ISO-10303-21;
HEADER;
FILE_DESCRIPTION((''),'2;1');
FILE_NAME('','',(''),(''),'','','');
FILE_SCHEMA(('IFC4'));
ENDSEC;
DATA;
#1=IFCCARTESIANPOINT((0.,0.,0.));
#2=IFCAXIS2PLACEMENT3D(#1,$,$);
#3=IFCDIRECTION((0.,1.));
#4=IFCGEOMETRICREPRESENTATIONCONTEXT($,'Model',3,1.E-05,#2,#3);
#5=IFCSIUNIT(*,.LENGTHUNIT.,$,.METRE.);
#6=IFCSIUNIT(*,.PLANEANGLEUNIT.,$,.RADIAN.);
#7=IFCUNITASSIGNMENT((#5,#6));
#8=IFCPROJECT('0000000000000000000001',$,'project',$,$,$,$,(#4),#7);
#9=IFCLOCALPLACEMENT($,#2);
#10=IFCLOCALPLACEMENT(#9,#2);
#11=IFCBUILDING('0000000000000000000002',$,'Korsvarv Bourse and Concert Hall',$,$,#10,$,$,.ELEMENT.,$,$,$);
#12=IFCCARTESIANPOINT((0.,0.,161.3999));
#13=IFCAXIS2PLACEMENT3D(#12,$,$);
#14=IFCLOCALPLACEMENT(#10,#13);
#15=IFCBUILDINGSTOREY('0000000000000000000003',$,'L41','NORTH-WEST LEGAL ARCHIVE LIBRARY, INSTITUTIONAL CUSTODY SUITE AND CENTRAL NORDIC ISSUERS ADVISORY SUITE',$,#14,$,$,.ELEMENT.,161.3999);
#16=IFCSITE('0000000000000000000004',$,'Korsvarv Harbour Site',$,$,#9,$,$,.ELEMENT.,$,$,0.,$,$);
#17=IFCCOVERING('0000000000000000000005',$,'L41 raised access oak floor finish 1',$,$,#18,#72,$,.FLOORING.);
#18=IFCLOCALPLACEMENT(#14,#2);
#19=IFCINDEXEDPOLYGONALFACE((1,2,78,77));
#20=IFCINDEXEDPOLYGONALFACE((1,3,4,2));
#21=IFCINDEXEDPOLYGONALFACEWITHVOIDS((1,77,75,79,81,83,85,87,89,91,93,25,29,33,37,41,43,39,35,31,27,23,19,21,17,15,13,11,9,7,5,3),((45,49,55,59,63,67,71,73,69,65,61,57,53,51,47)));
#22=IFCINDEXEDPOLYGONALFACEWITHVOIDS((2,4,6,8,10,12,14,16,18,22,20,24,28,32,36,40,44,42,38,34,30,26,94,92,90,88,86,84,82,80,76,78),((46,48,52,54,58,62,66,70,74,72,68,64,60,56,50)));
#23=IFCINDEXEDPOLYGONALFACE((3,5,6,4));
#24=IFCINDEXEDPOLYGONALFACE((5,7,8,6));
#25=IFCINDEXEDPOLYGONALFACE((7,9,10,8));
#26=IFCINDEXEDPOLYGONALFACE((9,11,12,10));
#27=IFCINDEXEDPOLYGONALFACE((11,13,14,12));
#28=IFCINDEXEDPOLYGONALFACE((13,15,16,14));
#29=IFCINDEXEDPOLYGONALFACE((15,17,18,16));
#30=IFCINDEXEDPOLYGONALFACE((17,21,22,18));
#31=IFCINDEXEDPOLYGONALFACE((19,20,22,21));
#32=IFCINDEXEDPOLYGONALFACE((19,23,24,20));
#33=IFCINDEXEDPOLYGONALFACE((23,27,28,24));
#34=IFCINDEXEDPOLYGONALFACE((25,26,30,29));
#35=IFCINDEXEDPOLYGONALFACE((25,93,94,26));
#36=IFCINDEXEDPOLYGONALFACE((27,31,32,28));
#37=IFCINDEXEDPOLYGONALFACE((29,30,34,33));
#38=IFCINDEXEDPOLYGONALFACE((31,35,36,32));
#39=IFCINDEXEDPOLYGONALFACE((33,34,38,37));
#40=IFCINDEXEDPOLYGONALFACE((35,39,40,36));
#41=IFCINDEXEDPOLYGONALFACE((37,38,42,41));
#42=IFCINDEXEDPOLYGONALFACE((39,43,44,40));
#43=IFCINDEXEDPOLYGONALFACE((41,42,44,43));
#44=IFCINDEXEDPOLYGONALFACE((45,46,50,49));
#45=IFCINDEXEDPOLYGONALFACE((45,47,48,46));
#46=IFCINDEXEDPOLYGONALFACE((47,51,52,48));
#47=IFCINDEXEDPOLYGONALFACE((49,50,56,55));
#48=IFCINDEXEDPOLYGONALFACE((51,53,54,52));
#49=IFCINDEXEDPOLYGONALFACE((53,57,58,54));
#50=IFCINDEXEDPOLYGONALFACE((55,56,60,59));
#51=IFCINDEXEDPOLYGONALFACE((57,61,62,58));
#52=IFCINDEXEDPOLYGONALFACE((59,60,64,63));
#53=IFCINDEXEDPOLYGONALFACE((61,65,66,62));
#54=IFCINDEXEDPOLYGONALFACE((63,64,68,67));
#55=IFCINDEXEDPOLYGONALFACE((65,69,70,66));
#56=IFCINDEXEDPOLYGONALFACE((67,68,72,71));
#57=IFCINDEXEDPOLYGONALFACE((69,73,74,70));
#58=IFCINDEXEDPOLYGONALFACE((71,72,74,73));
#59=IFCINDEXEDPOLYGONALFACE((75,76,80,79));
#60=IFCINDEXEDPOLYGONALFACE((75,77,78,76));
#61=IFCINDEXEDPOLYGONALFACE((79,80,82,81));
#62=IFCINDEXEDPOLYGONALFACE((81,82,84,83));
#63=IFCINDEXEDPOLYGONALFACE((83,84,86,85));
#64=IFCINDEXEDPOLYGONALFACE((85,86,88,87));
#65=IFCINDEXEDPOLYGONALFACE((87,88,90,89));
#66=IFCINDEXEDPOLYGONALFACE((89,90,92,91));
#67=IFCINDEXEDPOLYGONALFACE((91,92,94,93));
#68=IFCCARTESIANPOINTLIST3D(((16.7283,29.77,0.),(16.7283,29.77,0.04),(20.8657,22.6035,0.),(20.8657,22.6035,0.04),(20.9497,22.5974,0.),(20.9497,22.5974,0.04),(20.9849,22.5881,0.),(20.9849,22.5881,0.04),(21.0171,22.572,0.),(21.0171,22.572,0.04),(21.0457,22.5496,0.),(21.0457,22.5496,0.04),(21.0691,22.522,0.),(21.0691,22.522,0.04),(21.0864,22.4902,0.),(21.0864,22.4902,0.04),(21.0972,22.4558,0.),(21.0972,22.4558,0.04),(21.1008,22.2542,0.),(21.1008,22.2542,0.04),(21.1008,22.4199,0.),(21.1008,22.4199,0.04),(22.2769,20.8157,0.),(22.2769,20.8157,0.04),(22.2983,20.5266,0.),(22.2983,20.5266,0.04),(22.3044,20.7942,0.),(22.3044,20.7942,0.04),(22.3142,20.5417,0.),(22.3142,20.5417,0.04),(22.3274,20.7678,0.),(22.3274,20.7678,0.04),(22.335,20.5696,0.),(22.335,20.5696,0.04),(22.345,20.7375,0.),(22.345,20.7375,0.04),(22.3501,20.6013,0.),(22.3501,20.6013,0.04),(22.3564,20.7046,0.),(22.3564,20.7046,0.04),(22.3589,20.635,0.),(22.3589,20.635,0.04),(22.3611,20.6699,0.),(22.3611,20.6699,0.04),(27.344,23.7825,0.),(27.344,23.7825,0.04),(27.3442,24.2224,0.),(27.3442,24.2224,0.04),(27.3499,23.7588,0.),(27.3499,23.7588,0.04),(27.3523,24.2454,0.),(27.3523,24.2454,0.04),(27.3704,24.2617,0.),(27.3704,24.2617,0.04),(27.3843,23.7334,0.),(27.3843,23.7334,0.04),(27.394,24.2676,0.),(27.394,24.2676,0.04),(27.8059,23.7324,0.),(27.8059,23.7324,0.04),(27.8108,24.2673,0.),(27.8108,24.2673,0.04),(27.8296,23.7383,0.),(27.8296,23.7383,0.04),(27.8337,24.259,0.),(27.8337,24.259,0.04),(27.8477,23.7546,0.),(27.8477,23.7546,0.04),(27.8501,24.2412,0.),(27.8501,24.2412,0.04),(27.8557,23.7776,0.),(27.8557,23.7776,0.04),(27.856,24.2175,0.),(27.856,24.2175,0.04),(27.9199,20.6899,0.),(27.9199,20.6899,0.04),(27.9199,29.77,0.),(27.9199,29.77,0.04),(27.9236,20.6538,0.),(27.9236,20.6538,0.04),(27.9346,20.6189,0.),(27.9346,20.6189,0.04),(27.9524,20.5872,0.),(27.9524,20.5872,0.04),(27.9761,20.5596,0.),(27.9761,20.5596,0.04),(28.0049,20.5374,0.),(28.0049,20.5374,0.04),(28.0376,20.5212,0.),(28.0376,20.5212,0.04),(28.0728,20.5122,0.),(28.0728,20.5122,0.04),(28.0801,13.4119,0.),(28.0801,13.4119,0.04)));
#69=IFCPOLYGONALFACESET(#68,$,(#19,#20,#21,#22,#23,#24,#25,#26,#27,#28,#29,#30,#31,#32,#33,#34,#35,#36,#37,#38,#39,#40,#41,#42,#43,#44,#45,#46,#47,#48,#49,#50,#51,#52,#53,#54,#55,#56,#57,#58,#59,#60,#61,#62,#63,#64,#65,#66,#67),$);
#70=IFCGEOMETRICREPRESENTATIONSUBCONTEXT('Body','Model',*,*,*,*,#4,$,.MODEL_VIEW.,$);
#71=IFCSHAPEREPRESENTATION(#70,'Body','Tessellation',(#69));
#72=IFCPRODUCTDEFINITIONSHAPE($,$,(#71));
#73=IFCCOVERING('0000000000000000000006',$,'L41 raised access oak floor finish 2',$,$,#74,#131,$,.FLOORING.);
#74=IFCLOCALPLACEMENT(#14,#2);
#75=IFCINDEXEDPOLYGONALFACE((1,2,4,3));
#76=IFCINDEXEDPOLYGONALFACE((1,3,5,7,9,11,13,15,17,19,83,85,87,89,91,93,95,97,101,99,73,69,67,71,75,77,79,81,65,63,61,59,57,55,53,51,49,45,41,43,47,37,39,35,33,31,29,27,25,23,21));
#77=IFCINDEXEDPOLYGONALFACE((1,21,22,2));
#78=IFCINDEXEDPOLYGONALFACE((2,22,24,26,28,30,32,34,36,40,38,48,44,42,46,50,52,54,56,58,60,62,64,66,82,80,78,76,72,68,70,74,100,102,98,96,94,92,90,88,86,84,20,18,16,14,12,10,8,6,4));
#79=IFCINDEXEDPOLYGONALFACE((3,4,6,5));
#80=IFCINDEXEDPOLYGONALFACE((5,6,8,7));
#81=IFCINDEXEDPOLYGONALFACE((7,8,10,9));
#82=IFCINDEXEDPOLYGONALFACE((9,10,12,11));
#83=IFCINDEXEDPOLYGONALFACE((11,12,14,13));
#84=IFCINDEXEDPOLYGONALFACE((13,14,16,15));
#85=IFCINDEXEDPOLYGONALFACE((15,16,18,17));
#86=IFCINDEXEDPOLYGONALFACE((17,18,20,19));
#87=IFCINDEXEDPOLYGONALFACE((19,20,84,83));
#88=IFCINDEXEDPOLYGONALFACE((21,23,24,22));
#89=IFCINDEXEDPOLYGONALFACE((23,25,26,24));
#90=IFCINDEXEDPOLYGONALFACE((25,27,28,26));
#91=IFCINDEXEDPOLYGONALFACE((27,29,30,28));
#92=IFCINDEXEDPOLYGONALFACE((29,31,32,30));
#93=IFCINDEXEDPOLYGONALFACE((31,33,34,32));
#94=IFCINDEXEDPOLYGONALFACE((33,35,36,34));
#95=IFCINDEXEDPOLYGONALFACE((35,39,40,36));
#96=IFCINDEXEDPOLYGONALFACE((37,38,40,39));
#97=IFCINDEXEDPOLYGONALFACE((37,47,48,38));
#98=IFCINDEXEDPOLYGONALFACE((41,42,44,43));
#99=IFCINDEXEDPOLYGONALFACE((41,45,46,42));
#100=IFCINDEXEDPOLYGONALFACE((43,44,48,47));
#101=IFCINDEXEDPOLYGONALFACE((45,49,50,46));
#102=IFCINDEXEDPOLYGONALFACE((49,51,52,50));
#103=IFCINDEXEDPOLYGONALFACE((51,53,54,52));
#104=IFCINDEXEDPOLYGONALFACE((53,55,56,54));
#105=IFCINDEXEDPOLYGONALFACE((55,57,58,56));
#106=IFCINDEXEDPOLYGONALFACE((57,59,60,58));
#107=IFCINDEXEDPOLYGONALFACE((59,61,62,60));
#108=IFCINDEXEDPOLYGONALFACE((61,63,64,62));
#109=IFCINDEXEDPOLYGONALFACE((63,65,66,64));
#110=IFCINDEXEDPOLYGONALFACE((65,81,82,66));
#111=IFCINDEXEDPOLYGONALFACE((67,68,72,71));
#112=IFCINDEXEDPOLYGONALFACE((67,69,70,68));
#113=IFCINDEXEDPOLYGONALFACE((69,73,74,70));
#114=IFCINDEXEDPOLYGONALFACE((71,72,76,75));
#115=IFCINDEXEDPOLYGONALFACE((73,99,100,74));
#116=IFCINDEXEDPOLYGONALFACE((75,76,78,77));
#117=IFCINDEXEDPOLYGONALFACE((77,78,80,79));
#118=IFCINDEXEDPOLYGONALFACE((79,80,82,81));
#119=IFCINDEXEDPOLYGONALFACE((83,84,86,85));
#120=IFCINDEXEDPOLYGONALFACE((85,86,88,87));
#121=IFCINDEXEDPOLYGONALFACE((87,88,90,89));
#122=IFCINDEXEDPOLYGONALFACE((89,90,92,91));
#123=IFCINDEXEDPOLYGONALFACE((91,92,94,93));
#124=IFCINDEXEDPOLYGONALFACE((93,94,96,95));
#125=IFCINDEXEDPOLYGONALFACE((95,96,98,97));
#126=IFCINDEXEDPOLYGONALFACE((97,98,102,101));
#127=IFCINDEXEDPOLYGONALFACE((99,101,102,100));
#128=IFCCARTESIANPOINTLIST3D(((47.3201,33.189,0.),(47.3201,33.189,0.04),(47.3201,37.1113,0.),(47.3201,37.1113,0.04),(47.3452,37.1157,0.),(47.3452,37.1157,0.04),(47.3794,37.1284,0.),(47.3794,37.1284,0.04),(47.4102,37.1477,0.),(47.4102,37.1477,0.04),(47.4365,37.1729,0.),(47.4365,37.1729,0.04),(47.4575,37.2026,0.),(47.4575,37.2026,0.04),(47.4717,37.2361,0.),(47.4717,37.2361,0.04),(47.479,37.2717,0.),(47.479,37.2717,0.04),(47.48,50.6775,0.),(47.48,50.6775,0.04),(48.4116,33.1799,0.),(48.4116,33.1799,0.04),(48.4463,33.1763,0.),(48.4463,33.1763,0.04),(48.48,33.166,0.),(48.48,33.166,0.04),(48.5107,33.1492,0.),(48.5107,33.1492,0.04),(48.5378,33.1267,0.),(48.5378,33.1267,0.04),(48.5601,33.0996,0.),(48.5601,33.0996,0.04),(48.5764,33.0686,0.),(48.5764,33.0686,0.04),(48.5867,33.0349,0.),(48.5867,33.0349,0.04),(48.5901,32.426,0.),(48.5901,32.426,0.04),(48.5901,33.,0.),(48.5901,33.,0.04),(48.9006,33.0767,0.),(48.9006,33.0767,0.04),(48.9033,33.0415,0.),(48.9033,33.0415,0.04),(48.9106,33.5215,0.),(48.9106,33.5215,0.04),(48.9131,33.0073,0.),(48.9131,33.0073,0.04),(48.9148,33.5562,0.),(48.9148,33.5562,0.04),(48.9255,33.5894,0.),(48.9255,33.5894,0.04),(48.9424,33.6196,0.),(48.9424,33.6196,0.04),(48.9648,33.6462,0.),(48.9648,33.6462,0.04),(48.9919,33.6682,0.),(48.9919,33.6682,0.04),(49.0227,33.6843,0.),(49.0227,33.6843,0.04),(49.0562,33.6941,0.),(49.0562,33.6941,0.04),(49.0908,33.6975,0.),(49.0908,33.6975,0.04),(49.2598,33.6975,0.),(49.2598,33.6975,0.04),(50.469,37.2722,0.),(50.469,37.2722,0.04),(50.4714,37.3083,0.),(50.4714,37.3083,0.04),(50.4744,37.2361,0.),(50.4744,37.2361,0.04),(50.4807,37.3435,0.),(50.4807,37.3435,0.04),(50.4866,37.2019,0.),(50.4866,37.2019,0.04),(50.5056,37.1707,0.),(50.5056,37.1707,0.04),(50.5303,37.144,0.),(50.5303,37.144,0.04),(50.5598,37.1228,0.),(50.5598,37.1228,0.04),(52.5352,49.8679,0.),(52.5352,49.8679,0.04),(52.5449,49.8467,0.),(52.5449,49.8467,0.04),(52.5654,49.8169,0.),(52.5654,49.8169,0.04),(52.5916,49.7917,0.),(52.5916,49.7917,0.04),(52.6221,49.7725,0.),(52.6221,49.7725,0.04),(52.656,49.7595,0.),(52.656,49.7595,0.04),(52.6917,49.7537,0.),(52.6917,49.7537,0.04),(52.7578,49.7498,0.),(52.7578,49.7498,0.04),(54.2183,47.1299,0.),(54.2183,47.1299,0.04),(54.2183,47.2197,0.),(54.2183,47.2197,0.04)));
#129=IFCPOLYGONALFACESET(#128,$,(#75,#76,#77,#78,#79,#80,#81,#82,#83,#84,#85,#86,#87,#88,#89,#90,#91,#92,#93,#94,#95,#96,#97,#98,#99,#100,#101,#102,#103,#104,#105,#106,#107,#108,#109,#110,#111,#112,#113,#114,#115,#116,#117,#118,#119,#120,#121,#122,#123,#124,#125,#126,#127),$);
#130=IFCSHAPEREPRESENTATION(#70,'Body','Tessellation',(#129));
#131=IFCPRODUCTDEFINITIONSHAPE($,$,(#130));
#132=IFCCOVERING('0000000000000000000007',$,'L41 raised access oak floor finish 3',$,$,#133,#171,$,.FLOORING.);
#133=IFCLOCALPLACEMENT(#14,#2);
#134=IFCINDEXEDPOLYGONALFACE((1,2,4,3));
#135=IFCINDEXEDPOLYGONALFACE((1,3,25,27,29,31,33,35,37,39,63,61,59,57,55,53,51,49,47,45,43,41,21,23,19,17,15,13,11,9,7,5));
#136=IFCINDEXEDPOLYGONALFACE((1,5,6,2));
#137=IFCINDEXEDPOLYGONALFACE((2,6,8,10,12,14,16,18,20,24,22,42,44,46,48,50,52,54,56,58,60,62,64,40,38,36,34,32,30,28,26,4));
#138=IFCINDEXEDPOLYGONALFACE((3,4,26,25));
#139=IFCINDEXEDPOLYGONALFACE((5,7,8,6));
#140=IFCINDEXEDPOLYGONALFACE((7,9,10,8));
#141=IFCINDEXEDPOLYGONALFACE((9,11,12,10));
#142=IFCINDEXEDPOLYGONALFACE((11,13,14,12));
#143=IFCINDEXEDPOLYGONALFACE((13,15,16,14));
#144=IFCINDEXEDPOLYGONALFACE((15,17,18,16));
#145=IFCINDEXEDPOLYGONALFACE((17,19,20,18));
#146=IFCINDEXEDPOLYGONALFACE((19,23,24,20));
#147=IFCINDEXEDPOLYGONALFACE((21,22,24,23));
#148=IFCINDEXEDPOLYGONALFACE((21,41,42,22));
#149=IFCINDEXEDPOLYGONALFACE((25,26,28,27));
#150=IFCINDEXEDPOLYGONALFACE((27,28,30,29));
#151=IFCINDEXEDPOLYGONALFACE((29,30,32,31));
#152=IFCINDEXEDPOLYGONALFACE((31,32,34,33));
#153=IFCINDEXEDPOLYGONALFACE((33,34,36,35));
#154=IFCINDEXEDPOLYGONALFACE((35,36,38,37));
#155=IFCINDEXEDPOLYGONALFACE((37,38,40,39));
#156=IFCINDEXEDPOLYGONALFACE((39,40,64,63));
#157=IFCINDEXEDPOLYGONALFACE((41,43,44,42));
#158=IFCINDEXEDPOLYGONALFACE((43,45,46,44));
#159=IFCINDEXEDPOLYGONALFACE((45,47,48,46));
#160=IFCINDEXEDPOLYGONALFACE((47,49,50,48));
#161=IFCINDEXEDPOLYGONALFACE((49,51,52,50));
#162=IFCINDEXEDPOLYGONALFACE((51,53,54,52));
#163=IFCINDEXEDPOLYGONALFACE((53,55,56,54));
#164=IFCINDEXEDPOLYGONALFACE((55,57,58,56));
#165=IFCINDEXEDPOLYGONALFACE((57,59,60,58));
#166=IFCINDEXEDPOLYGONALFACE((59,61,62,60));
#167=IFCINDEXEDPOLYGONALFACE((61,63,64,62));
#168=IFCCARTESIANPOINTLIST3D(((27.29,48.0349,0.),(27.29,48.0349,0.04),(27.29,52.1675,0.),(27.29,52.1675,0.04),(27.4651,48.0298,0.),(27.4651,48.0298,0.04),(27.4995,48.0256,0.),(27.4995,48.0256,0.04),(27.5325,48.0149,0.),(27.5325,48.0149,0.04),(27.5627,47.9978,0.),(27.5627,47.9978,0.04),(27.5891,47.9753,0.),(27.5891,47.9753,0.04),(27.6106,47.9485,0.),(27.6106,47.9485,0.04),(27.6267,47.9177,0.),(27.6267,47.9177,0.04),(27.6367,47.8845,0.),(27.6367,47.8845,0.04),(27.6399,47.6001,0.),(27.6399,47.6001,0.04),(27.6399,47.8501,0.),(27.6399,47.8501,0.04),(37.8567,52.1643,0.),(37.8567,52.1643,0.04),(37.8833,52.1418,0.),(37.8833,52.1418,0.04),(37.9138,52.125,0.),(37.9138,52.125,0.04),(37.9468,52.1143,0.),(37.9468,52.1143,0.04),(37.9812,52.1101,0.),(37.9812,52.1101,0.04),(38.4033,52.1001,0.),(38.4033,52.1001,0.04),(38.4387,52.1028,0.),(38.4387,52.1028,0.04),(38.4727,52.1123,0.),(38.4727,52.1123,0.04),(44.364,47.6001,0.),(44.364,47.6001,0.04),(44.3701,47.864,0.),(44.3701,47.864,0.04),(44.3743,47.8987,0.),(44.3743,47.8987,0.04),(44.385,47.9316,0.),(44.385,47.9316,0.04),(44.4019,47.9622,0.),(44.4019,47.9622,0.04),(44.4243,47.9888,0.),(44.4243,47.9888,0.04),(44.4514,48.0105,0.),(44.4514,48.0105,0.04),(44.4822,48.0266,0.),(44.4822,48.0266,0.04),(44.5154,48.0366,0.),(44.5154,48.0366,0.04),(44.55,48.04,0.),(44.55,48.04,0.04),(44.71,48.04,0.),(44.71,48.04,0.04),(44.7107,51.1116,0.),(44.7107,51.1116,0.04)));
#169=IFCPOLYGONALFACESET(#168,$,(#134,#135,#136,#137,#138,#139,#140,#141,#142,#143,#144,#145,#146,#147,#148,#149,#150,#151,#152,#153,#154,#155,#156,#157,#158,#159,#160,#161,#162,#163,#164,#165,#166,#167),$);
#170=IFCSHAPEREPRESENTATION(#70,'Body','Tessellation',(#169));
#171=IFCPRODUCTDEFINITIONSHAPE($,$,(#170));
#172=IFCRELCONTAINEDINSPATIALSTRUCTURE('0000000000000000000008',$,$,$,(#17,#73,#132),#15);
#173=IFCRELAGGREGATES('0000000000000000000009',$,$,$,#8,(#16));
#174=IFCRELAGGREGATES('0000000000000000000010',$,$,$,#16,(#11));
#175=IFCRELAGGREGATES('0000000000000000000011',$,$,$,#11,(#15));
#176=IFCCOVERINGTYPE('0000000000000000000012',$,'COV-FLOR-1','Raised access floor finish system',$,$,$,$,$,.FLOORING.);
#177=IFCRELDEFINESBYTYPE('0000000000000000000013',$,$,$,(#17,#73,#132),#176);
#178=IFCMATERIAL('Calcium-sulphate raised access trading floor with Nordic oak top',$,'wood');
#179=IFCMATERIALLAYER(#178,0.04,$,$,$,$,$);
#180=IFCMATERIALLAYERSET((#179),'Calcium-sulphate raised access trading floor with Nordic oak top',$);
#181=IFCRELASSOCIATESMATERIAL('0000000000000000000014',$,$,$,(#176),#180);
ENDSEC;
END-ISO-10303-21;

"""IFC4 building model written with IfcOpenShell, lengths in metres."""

from ifc_helpers import new_model, si_unit, direction, frame, origin, place, context, subcontext, project, spatial, polyline, outline, extrude, material, layer, layer_set, type_object, element, save


model = new_model("IFC4")

# Units and contexts
model_context = context("Model", 3, precision=1e-05, world=origin(), true_north=direction((0.0, 1.0)))
body_context = subcontext(model_context, "Body", "Model", "MODEL_VIEW")
ifc_project = project(units=[si_unit("LENGTHUNIT", "METRE"), si_unit("PLANEANGLEUNIT", "RADIAN")], contexts=[model_context])

# Site, building, storey
site_placement = place(None, origin())
site = spatial("IfcSite", under=ifc_project, at=site_placement, Name="Korsvarv Harbour Site", CompositionType="ELEMENT", RefElevation=0.0)
building_placement = place(site_placement, origin())
building = spatial("IfcBuilding", under=site, at=building_placement, Name="Korsvarv Bourse and Concert Hall", CompositionType="ELEMENT")
storey_placement = place(building_placement, frame((0.0, 0.0, 161.3999)))
storey = spatial("IfcBuildingStorey", under=building, at=storey_placement, Name="L41", Description="NORTH-WEST LEGAL ARCHIVE LIBRARY, INSTITUTIONAL CUSTODY SUITE AND CENTRAL NORDIC ISSUERS ADVISORY SUITE", CompositionType="ELEMENT", Elevation=161.3999)

# Coverings
ifc_material_1 = material(Name="Calcium-sulphate raised access trading floor with Nordic oak top", Category="wood")
ifc_layer_1 = layer(ifc_material_1, 0.04)
ifc_layer_set_1 = layer_set([ifc_layer_1], Name="Calcium-sulphate raised access trading floor with Nordic oak top")
covering_type_1 = type_object("IfcCoveringType", Name="COV-FLOR-1", Description="Raised access floor finish system", PredefinedType="FLOORING", material=ifc_layer_set_1)
covering_1_placement = place(storey_placement, origin())
element("IfcCovering", 1, at=covering_1_placement, inside=storey, type_object=covering_type_1, Name="L41 raised access oak floor finish 1", PredefinedType="FLOORING", context=body_context, shape_type="SweptSolid", body=[
    extrude(outline(polyline([(21.1008, 22.2542), (21.1008, 22.4199), (21.0972, 22.4558), (21.0864, 22.4902), (21.0691, 22.522), (21.0457, 22.5496), (21.0171, 22.572), (20.9849, 22.5881), (20.9497, 22.5974), (20.8657, 22.6035), (16.7283, 29.77), (27.9199, 29.77), (27.9199, 20.6899), (27.9236, 20.6538), (27.9346, 20.6189), (27.9524, 20.5872), (27.9761, 20.5596), (28.0049, 20.5374), (28.0376, 20.5212), (28.0728, 20.5122), (28.0801, 13.4119), (22.2983, 20.5266), (22.3142, 20.5417), (22.335, 20.5696), (22.3501, 20.6013), (22.3589, 20.635), (22.3611, 20.6699), (22.3564, 20.7046), (22.345, 20.7375), (22.3274, 20.7678), (22.3044, 20.7942), (22.2769, 20.8157), (21.1008, 22.2542)]), holes=[polyline([(27.3843, 23.7334), (27.8059, 23.7324), (27.8296, 23.7383), (27.8477, 23.7546), (27.8557, 23.7776), (27.856, 24.2175), (27.8501, 24.2412), (27.8337, 24.259), (27.8108, 24.2673), (27.394, 24.2676), (27.3704, 24.2617), (27.3523, 24.2454), (27.3442, 24.2224), (27.344, 23.7825), (27.3499, 23.7588), (27.3843, 23.7334)])]), origin(), (0.0, 0.0, 1.0), 0.04),
])
covering_2_placement = place(storey_placement, origin())
element("IfcCovering", 2, at=covering_2_placement, inside=storey, type_object=covering_type_1, Name="L41 raised access oak floor finish 2", PredefinedType="FLOORING", context=body_context, shape_type="SweptSolid", body=[
    extrude(outline(polyline([(47.3201, 37.1113), (47.3452, 37.1157), (47.3794, 37.1284), (47.4102, 37.1477), (47.4365, 37.1729), (47.4575, 37.2026), (47.4717, 37.2361), (47.479, 37.2717), (47.48, 50.6775), (52.5352, 49.8679), (52.5449, 49.8467), (52.5654, 49.8169), (52.5916, 49.7917), (52.6221, 49.7725), (52.656, 49.7595), (52.6917, 49.7537), (52.7578, 49.7498), (54.2183, 47.2197), (54.2183, 47.1299), (50.4807, 37.3435), (50.4714, 37.3083), (50.469, 37.2722), (50.4744, 37.2361), (50.4866, 37.2019), (50.5056, 37.1707), (50.5303, 37.144), (50.5598, 37.1228), (49.2598, 33.6975), (49.0908, 33.6975), (49.0562, 33.6941), (49.0227, 33.6843), (48.9919, 33.6682), (48.9648, 33.6462), (48.9424, 33.6196), (48.9255, 33.5894), (48.9148, 33.5562), (48.9106, 33.5215), (48.9006, 33.0767), (48.9033, 33.0415), (48.9131, 33.0073), (48.5901, 32.426), (48.5901, 33.0), (48.5867, 33.0349), (48.5764, 33.0686), (48.5601, 33.0996), (48.5378, 33.1267), (48.5107, 33.1492), (48.48, 33.166), (48.4463, 33.1763), (48.4116, 33.1799), (47.3201, 33.189), (47.3201, 37.1113)])), origin(), (0.0, 0.0, 1.0), 0.04),
])
covering_3_placement = place(storey_placement, origin())
element("IfcCovering", 3, at=covering_3_placement, inside=storey, type_object=covering_type_1, Name="L41 raised access oak floor finish 3", PredefinedType="FLOORING", context=body_context, shape_type="SweptSolid", body=[
    extrude(outline(polyline([(37.8567, 52.1643), (37.8833, 52.1418), (37.9138, 52.125), (37.9468, 52.1143), (37.9812, 52.1101), (38.4033, 52.1001), (38.4387, 52.1028), (38.4727, 52.1123), (44.7107, 51.1116), (44.71, 48.04), (44.55, 48.04), (44.5154, 48.0366), (44.4822, 48.0266), (44.4514, 48.0105), (44.4243, 47.9888), (44.4019, 47.9622), (44.385, 47.9316), (44.3743, 47.8987), (44.3701, 47.864), (44.364, 47.6001), (27.6399, 47.6001), (27.6399, 47.8501), (27.6367, 47.8845), (27.6267, 47.9177), (27.6106, 47.9485), (27.5891, 47.9753), (27.5627, 47.9978), (27.5325, 48.0149), (27.4995, 48.0256), (27.4651, 48.0298), (27.29, 48.0349), (27.29, 52.1675), (37.8567, 52.1643)])), origin(), (0.0, 0.0, 1.0), 0.04),
])

save(model, "model.ifc")
